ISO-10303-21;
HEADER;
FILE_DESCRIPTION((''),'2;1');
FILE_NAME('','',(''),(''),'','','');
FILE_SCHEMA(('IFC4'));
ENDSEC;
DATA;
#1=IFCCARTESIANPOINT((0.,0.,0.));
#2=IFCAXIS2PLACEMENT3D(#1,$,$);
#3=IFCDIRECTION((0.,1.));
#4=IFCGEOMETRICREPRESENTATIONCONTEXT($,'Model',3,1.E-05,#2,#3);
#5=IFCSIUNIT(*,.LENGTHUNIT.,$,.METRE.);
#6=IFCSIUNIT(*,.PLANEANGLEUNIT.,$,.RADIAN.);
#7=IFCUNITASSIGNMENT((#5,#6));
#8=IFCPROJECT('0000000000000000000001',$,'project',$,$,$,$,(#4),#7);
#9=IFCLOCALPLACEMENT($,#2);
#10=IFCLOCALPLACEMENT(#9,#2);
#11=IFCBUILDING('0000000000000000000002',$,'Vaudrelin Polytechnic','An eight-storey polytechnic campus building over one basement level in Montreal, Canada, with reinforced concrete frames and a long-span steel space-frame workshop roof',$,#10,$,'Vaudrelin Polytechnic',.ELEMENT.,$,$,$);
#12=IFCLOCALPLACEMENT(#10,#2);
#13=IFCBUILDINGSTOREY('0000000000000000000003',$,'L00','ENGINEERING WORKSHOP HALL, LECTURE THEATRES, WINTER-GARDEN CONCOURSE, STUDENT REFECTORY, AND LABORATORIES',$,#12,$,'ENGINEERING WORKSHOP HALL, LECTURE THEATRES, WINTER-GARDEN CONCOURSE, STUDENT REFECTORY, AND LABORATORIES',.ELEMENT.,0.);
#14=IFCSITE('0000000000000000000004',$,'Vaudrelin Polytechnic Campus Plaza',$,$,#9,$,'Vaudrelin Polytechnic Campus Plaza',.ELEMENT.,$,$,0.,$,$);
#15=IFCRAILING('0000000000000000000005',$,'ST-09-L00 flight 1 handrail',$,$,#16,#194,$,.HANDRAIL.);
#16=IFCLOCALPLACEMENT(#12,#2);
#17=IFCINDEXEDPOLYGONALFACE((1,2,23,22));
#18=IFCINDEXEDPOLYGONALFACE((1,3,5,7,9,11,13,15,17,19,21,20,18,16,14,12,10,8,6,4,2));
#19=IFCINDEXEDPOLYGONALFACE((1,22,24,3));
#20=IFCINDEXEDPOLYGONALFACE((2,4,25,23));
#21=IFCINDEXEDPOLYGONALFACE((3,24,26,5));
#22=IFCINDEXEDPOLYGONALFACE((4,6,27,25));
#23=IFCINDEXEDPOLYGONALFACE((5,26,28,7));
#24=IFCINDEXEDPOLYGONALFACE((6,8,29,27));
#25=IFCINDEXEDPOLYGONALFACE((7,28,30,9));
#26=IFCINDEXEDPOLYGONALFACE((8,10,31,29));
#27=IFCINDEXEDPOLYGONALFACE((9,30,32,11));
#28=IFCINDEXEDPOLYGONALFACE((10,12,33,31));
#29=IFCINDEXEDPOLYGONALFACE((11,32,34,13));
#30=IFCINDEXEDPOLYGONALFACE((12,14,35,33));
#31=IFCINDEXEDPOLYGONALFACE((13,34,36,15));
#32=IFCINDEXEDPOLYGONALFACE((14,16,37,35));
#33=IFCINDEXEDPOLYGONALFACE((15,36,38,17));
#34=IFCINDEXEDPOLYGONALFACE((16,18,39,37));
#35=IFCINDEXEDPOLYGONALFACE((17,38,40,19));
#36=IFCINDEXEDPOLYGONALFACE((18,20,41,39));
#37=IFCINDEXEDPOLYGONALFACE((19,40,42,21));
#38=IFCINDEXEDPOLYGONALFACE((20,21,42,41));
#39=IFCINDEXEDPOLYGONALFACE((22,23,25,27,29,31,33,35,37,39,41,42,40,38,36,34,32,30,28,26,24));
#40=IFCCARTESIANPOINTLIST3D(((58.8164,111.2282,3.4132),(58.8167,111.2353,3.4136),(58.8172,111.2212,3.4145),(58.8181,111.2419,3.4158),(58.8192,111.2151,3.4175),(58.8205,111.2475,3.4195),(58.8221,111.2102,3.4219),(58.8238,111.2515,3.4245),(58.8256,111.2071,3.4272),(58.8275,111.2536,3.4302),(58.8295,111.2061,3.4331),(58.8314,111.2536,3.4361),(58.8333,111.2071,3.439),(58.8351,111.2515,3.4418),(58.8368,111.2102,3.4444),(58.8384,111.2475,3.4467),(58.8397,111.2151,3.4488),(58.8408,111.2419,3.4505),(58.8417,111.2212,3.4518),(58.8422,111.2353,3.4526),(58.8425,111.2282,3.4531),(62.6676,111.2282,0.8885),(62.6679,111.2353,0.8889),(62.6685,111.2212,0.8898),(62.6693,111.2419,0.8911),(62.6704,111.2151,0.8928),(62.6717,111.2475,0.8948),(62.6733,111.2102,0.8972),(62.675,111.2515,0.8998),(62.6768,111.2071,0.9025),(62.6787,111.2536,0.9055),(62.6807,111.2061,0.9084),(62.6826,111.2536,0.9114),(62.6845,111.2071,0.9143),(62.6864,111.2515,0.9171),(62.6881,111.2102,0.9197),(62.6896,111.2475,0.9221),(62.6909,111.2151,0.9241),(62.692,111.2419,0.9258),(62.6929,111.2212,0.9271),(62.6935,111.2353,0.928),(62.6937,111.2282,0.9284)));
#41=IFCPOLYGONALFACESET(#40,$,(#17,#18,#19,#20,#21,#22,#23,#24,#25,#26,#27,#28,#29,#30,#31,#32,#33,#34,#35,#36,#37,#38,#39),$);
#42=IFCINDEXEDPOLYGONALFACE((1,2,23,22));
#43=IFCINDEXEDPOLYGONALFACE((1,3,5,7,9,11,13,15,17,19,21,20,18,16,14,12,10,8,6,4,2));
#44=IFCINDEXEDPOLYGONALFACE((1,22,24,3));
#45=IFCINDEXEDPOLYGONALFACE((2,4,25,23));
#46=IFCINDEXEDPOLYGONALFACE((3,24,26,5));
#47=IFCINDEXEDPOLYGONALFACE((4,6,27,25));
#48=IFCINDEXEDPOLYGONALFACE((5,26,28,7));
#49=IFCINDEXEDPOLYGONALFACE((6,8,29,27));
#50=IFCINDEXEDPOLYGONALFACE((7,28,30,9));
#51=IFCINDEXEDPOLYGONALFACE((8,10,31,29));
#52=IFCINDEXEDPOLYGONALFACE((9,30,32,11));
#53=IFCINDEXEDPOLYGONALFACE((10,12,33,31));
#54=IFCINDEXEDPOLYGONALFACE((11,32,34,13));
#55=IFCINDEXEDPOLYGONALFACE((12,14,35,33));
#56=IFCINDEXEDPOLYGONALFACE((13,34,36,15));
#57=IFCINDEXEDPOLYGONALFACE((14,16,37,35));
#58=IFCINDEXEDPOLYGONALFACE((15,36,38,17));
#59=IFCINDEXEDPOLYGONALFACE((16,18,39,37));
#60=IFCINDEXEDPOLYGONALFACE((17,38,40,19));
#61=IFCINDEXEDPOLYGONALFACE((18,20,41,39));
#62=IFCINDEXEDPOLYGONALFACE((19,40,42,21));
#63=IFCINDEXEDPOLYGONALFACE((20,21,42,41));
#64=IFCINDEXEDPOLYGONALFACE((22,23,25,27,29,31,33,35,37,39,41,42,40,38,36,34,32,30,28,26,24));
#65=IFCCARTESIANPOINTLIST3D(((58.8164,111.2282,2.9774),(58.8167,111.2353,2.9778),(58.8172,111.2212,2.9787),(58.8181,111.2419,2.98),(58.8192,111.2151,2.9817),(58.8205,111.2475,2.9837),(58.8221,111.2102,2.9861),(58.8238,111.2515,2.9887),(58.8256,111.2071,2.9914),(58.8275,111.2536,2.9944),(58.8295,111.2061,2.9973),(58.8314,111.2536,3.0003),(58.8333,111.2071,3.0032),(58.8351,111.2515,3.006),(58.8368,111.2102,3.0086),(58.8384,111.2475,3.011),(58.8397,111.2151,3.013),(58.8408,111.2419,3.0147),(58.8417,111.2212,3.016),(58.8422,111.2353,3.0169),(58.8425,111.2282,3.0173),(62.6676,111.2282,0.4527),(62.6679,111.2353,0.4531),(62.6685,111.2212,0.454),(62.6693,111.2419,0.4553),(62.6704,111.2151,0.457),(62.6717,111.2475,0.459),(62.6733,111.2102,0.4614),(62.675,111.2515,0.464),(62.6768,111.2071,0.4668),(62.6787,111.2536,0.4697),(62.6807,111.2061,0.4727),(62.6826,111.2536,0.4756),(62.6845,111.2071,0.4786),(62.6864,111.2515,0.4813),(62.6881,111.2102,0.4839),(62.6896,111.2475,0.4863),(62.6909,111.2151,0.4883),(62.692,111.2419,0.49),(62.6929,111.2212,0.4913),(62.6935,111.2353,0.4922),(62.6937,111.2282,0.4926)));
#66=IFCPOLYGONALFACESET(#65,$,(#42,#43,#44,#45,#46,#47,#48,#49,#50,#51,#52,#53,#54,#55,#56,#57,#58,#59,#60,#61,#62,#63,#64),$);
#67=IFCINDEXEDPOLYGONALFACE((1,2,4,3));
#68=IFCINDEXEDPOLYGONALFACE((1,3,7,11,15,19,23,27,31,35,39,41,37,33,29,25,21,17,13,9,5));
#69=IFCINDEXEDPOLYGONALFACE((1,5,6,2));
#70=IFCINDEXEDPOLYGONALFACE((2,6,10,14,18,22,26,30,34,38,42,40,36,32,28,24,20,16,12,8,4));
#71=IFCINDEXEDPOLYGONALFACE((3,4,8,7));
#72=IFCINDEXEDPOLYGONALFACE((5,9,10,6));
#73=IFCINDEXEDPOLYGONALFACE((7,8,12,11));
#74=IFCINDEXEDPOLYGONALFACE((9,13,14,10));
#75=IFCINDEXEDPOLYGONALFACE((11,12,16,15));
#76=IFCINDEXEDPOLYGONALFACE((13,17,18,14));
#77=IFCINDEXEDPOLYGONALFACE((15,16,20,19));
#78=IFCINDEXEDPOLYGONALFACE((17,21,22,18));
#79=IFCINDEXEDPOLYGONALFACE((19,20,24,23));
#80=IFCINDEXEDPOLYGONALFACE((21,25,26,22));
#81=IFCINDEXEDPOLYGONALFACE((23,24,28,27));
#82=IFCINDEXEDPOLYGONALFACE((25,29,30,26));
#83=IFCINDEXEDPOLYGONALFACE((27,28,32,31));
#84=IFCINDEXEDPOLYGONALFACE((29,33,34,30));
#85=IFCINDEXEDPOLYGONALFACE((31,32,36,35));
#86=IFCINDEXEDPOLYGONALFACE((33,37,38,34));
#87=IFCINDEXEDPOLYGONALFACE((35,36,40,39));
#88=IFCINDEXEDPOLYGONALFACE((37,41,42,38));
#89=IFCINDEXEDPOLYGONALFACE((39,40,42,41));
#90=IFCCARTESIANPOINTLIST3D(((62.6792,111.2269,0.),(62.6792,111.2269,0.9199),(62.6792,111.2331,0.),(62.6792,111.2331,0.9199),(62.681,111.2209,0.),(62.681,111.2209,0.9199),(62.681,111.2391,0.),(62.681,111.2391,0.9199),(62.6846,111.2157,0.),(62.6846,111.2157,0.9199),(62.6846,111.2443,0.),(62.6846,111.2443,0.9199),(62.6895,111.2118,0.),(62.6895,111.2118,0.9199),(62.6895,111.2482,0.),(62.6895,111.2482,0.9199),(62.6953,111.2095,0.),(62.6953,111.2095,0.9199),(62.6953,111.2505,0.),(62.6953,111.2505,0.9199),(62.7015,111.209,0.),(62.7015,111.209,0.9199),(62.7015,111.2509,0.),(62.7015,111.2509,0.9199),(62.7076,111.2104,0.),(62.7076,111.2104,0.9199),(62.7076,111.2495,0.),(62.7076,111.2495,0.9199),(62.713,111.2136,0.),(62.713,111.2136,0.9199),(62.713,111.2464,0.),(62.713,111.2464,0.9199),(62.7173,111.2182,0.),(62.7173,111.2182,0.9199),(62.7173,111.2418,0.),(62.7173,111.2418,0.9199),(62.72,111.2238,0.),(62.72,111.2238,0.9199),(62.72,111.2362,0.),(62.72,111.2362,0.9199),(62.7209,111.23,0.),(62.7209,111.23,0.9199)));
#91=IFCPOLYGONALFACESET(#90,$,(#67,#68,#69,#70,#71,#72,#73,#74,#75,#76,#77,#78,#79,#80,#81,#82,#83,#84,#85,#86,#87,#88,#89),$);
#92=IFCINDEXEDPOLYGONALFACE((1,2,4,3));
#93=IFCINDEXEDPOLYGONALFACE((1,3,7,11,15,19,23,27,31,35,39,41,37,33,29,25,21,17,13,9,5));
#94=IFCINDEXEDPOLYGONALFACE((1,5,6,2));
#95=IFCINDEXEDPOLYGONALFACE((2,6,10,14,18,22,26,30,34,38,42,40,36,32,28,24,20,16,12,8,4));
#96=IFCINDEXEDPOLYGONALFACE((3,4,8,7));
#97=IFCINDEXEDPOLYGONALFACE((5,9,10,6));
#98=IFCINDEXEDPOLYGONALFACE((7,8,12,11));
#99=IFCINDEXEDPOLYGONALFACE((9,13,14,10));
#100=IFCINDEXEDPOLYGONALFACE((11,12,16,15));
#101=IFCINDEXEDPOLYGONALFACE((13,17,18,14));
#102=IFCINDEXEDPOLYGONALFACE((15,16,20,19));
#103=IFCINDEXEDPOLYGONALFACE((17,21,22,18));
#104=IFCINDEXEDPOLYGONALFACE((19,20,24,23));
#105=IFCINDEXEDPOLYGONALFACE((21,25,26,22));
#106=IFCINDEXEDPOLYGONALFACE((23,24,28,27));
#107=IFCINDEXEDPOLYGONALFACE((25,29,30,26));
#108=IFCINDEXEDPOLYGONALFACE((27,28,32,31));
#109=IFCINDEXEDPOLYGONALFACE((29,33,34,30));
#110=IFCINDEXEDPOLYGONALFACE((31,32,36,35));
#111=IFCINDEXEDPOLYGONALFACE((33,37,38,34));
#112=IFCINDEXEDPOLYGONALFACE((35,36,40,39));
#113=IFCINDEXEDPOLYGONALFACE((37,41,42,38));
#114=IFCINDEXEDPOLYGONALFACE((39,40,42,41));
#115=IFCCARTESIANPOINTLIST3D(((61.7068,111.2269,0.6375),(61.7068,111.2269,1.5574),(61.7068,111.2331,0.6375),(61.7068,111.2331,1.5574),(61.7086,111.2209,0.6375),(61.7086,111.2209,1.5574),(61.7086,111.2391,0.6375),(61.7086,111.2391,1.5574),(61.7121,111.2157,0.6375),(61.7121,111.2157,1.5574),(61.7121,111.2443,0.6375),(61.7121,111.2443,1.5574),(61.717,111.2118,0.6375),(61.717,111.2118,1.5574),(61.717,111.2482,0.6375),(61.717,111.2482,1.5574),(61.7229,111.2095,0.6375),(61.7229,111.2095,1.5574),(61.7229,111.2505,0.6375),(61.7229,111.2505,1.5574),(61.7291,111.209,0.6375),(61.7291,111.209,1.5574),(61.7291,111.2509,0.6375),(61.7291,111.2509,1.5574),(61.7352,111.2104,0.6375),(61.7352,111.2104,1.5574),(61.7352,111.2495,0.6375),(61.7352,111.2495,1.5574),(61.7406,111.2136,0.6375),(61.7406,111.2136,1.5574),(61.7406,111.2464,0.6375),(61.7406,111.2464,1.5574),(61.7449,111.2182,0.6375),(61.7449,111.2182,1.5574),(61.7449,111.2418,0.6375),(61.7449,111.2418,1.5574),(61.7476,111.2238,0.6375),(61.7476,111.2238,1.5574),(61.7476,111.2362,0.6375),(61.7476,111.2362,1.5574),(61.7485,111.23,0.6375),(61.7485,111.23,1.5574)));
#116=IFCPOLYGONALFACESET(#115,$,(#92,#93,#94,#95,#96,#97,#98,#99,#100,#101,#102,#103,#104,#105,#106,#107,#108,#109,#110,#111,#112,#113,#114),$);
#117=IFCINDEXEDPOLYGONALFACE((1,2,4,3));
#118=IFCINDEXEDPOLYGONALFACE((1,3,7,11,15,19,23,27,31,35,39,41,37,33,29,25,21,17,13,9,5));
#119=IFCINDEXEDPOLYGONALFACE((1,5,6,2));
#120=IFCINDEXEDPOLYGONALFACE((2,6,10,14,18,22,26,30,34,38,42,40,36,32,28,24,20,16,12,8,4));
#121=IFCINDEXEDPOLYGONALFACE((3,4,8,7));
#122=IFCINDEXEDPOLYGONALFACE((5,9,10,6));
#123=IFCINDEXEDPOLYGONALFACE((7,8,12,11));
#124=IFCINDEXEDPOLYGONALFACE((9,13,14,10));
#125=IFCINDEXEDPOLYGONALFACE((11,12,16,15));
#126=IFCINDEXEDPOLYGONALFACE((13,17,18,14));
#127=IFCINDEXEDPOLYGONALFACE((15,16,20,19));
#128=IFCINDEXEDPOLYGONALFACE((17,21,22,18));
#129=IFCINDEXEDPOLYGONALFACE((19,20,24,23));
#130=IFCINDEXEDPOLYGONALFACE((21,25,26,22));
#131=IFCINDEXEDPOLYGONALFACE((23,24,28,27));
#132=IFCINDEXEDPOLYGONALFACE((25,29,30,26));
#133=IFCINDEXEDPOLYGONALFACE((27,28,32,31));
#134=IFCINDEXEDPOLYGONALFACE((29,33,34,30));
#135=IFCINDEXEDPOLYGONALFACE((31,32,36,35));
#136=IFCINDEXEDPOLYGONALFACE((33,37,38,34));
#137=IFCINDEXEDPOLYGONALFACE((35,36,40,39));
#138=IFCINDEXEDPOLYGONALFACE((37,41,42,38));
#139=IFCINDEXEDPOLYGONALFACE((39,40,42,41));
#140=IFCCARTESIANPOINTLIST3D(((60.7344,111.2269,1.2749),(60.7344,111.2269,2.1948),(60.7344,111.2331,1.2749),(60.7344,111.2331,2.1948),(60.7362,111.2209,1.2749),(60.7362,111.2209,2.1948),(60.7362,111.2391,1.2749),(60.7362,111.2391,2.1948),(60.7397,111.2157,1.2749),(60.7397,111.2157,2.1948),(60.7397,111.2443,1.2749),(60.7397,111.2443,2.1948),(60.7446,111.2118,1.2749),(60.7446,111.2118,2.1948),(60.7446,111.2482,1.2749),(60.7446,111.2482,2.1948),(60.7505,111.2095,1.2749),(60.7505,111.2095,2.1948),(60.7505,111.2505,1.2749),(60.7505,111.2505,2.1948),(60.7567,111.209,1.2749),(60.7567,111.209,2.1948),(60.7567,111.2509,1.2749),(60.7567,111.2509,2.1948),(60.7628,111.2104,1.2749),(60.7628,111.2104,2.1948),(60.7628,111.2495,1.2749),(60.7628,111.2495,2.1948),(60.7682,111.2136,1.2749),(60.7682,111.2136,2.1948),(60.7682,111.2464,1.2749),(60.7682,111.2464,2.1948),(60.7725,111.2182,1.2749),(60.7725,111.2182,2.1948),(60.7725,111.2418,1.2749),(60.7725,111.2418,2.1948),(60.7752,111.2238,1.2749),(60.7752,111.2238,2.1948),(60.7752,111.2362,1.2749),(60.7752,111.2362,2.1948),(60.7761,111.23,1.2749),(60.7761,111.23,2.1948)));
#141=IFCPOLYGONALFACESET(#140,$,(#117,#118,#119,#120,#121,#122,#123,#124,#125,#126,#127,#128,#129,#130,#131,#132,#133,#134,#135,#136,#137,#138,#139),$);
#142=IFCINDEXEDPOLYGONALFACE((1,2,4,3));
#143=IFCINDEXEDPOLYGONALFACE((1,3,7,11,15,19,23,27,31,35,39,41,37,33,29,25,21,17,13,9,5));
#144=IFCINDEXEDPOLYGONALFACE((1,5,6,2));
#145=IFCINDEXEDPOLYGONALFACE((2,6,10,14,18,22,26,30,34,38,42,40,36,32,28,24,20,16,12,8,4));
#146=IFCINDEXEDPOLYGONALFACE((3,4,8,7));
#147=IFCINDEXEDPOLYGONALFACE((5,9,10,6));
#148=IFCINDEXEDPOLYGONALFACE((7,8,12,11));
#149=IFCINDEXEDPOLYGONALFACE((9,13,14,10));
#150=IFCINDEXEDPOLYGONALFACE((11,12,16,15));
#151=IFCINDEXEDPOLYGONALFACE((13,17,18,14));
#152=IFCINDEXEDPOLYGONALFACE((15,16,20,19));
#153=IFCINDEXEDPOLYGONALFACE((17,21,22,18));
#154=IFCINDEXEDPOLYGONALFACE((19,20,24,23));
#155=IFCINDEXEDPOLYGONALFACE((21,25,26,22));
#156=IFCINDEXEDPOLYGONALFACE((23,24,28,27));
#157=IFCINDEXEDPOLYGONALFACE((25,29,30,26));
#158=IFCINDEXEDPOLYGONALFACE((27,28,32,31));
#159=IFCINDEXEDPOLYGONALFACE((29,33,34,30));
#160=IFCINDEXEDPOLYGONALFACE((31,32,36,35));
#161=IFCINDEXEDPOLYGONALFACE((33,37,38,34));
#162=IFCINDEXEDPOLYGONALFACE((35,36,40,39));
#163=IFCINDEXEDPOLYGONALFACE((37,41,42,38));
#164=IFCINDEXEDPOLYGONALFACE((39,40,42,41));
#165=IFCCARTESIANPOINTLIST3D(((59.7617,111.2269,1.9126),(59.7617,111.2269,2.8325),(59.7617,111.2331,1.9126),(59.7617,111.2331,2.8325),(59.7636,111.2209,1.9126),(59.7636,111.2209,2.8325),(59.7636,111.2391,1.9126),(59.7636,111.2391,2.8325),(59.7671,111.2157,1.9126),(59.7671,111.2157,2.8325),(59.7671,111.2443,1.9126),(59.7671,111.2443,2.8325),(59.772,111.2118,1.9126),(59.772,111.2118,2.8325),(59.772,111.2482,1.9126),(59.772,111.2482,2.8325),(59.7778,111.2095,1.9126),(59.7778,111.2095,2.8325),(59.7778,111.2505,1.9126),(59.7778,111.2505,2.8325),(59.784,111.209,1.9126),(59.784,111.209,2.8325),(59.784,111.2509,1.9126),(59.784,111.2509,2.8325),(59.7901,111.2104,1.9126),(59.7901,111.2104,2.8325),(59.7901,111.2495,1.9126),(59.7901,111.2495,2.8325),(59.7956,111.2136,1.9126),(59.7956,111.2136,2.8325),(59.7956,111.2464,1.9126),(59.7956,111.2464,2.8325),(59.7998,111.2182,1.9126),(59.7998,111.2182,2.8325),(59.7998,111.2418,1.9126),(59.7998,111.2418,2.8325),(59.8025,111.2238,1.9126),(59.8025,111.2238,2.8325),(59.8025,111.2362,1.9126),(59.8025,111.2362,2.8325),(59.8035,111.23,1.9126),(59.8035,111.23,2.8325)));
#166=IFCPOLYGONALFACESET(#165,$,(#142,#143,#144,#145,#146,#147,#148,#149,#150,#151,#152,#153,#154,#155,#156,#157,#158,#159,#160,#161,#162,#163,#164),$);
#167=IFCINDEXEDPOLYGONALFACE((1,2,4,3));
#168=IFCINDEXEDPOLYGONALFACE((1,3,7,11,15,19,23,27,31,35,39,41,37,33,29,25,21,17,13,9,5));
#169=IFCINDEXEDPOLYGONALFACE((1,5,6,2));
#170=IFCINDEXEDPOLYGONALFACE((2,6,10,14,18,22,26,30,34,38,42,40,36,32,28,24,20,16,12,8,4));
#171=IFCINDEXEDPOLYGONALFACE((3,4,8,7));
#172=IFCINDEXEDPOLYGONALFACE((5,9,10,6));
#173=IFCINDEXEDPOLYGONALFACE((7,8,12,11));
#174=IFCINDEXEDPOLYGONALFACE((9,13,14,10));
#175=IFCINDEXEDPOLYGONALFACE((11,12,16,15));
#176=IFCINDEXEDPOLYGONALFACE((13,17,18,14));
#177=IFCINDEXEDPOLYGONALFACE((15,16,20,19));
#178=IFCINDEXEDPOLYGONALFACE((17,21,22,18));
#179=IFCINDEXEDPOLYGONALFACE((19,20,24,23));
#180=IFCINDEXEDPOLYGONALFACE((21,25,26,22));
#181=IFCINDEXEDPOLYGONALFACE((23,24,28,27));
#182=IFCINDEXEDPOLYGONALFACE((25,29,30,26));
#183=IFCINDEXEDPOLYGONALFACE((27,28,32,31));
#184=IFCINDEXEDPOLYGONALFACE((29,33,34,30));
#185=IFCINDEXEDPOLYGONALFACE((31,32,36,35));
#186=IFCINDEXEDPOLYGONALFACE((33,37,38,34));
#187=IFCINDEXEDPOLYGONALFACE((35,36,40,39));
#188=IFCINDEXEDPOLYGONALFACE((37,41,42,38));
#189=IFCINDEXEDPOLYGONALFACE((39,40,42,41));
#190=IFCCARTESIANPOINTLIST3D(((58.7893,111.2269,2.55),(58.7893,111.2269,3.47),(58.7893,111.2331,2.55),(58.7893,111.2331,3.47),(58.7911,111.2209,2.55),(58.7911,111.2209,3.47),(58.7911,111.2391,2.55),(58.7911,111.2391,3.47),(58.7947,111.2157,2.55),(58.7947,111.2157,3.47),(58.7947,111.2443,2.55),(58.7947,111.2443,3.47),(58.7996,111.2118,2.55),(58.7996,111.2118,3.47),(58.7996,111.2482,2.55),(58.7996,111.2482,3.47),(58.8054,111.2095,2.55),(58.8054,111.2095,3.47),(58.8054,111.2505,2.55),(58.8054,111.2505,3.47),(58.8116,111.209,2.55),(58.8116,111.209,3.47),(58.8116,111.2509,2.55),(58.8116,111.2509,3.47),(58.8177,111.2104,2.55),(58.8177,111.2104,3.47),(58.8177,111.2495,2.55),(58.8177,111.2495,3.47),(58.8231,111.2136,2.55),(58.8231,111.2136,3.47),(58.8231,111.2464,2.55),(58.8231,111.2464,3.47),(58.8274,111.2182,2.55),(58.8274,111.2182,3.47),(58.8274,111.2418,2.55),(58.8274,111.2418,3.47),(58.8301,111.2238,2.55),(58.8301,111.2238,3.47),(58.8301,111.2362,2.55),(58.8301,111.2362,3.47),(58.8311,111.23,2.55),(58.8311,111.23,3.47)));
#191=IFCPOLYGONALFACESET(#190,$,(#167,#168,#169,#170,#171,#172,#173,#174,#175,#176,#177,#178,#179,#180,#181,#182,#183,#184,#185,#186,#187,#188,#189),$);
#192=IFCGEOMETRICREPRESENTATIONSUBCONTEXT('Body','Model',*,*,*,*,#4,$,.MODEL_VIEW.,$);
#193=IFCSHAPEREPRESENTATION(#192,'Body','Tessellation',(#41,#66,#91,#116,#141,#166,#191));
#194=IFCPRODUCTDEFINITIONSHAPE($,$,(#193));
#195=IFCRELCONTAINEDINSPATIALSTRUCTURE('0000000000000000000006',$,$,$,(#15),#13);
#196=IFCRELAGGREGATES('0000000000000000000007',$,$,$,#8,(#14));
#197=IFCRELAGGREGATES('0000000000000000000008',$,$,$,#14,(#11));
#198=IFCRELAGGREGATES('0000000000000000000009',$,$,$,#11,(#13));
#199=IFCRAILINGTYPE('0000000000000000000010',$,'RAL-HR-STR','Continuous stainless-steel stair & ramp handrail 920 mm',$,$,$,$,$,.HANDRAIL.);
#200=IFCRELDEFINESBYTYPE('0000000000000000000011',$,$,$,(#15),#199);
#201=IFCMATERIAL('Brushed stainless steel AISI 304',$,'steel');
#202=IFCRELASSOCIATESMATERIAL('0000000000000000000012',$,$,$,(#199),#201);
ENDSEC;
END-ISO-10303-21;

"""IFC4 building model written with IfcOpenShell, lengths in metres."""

from ifc_helpers import new_model, si_unit, direction, frame, origin, origin_2d, place, context, subcontext, project, spatial, circle, extrude, material, type_object, element, save


model = new_model("IFC4")

# Units and contexts
model_context = context("Model", 3, precision=1e-05, world=origin(), true_north=direction((0.0, 1.0)))
body_context = subcontext(model_context, "Body", "Model", "MODEL_VIEW")
ifc_project = project(units=[si_unit("LENGTHUNIT", "METRE"), si_unit("PLANEANGLEUNIT", "RADIAN")], contexts=[model_context])

# Site, building, storey
site_placement = place(None, origin())
site = spatial("IfcSite", under=ifc_project, at=site_placement, Name="Vaudrelin Polytechnic Campus Plaza", LongName="Vaudrelin Polytechnic Campus Plaza", CompositionType="ELEMENT", RefElevation=0.0)
building_placement = place(site_placement, origin())
building = spatial("IfcBuilding", under=site, at=building_placement, Name="Vaudrelin Polytechnic", Description="An eight-storey polytechnic campus building over one basement level in Montreal, Canada, with reinforced concrete frames and a long-span steel space-frame workshop roof", LongName="Vaudrelin Polytechnic", CompositionType="ELEMENT")
storey_placement = place(building_placement, origin())
storey = spatial("IfcBuildingStorey", under=building, at=storey_placement, Name="L00", Description="ENGINEERING WORKSHOP HALL, LECTURE THEATRES, WINTER-GARDEN CONCOURSE, STUDENT REFECTORY, AND LABORATORIES", LongName="ENGINEERING WORKSHOP HALL, LECTURE THEATRES, WINTER-GARDEN CONCOURSE, STUDENT REFECTORY, AND LABORATORIES", CompositionType="ELEMENT", Elevation=0.0)

# Railing
ifc_material_1 = material(Name="Brushed stainless steel AISI 304", Category="steel")
railing_type_1 = type_object("IfcRailingType", Name="RAL-HR-STR", Description="Continuous stainless-steel stair & ramp handrail 920 mm", PredefinedType="HANDRAIL", material=ifc_material_1)
railing_1_placement = place(storey_placement, frame((62.7, 111.23, 0.0)))
element("IfcRailing", 1, at=railing_1_placement, inside=storey, type_object=railing_type_1, Name="ST-09-L00 flight 1 handrail", PredefinedType="HANDRAIL", context=body_context, shape_type="SweptSolid", body=[
    extrude(circle(Radius=0.0239, at=origin_2d()), frame((-0.0193, 0.0, 0.9084), z_axis=(-0.836313, 0.0, 0.548252), x_axis=(0.0, -1.0, 0.0)), (0.0, 0.0, 1.0), 4.605),
    extrude(circle(Radius=0.0239, at=origin_2d()), frame((-0.0193, 0.0, 0.4727), z_axis=(-0.836313, 0.0, 0.548252), x_axis=(0.0, -1.0, 0.0)), (0.0, 0.0, 1.0), 4.605),
    extrude(circle(Radius=0.021, at=origin_2d()), origin(), (0.0, 0.0, 1.0), 0.9199),
    extrude(circle(Radius=0.021, at=origin_2d()), frame((-0.9724, 0.0, 0.6375)), (0.0, 0.0, 1.0), 0.9199),
    extrude(circle(Radius=0.021, at=origin_2d()), frame((-1.9448, 0.0, 1.2749)), (0.0, 0.0, 1.0), 0.9199),
    extrude(circle(Radius=0.021, at=origin_2d()), frame((-2.9175, 0.0, 1.9126)), (0.0, 0.0, 1.0), 0.9199),
    extrude(circle(Radius=0.021, at=origin_2d()), frame((-3.8899, 0.0, 2.55)), (0.0, 0.0, 1.0), 0.9199),
])

save(model, "model.ifc")
